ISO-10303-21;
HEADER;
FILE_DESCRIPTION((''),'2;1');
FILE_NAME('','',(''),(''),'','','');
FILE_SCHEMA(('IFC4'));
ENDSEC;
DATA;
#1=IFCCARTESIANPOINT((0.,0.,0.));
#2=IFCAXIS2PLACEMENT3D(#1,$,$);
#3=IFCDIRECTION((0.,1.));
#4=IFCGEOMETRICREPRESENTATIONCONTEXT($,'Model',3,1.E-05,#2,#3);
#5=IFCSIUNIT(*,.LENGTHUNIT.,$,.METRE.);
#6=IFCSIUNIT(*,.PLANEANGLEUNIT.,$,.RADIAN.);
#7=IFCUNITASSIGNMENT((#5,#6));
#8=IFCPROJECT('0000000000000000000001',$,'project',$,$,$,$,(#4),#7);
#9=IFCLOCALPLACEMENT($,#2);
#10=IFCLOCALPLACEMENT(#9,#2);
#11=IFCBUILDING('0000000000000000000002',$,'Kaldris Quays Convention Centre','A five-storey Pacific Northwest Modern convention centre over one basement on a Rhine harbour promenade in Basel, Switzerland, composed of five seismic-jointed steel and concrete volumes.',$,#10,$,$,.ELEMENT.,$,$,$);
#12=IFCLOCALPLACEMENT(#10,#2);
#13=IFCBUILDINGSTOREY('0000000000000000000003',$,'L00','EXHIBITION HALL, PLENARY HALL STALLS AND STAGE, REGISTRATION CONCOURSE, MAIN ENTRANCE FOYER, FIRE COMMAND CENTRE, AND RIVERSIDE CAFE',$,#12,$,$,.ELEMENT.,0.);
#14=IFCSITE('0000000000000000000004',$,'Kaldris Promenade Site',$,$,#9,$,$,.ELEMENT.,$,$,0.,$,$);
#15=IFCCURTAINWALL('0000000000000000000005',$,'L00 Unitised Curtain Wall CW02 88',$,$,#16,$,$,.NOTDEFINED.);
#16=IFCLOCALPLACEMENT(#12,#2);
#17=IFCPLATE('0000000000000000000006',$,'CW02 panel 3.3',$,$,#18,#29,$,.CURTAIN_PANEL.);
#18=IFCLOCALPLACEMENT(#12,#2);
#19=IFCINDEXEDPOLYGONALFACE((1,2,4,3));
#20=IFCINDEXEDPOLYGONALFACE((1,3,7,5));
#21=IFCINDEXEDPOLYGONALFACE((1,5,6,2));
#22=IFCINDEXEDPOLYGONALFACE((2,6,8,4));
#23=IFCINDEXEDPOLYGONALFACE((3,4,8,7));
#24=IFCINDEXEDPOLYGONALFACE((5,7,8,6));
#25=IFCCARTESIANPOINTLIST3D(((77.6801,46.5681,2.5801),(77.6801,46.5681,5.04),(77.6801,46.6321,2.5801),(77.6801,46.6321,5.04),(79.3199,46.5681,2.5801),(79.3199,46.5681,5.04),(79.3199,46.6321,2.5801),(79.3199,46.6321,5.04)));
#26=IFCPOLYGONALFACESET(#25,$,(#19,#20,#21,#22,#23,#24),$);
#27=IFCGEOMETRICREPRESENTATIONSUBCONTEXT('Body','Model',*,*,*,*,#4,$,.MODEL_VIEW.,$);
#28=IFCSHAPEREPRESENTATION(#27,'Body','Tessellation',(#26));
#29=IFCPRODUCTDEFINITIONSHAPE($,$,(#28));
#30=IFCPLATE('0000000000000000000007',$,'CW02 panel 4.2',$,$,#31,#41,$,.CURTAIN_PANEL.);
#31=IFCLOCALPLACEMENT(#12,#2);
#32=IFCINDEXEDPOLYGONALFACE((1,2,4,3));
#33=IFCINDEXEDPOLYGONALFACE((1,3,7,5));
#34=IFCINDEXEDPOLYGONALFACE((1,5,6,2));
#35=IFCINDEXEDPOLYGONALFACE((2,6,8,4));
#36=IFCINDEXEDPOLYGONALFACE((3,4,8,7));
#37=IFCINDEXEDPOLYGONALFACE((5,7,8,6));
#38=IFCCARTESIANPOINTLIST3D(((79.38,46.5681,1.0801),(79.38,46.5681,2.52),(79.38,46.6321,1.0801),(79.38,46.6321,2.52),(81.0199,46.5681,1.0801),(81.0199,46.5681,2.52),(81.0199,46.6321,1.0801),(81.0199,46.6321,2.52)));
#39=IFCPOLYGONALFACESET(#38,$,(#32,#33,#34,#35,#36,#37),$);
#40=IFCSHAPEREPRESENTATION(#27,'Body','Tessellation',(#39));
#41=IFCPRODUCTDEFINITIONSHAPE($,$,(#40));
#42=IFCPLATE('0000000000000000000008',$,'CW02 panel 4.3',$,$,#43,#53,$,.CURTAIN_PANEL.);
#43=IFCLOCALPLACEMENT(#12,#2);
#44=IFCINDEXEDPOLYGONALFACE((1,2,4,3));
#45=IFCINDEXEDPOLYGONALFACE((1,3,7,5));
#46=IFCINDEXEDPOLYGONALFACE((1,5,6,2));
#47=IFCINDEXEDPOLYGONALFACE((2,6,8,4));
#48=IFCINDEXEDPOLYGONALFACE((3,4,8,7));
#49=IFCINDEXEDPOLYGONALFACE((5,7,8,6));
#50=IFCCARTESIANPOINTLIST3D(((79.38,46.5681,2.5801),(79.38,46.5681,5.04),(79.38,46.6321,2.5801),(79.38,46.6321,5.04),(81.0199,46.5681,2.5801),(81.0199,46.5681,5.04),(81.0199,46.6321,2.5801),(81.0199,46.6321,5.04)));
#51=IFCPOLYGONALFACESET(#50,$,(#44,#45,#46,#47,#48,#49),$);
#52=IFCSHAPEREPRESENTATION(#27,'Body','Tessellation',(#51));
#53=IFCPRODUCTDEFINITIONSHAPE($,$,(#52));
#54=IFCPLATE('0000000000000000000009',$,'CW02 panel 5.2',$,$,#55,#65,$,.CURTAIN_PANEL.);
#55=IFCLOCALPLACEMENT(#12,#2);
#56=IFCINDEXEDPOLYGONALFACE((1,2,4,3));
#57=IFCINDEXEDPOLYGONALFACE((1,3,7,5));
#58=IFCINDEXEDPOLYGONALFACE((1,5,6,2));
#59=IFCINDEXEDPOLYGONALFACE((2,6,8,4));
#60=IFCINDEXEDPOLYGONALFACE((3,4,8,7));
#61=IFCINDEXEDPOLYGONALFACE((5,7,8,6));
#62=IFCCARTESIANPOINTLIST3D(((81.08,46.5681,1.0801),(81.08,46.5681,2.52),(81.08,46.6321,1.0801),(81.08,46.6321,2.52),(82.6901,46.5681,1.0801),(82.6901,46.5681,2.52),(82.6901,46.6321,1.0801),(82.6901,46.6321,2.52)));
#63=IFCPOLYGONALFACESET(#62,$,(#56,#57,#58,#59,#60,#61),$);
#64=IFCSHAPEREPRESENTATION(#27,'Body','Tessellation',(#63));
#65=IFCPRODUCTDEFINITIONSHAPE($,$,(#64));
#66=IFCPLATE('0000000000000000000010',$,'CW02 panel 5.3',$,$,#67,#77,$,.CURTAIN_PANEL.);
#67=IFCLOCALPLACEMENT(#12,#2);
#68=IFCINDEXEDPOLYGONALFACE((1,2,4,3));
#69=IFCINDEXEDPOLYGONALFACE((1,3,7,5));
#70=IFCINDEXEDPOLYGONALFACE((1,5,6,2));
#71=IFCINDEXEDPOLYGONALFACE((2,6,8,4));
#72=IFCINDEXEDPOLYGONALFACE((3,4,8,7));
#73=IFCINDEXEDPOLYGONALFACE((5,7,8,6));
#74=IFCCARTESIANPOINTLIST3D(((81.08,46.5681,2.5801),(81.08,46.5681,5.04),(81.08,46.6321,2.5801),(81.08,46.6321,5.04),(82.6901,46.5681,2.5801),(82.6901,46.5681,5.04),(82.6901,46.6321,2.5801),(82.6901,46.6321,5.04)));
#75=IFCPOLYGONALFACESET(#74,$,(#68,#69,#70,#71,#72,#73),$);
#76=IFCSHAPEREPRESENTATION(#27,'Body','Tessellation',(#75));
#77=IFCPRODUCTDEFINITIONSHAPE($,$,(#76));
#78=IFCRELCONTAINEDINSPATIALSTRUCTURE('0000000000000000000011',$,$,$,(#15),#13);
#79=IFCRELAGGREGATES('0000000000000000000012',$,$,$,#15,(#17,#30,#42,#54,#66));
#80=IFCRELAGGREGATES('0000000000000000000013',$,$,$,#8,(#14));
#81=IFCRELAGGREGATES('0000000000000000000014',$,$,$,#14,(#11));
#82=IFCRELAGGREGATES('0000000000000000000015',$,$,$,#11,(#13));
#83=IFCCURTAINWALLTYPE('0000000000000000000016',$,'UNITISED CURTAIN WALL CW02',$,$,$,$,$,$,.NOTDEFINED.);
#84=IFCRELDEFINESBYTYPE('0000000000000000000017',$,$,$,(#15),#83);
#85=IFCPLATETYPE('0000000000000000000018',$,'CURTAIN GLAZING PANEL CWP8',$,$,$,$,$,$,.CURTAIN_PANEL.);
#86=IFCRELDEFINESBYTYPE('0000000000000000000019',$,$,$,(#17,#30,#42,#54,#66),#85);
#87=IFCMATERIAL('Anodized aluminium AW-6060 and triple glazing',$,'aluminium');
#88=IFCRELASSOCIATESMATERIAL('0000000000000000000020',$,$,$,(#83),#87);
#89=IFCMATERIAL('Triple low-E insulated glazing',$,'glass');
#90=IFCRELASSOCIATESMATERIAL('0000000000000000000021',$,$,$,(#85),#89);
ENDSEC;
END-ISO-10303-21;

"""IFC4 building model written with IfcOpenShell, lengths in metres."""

from ifc_helpers import new_model, si_unit, direction, frame, origin, origin_2d, place, context, subcontext, project, spatial, rectangle, extrude, material, type_object, element, aggregate, save


model = new_model("IFC4")

# Units and contexts
model_context = context("Model", 3, precision=1e-05, world=origin(), true_north=direction((0.0, 1.0)))
body_context = subcontext(model_context, "Body", "Model", "MODEL_VIEW")
ifc_project = project(units=[si_unit("LENGTHUNIT", "METRE"), si_unit("PLANEANGLEUNIT", "RADIAN")], contexts=[model_context])

# Site, building, storey
site_placement = place(None, origin())
site = spatial("IfcSite", under=ifc_project, at=site_placement, Name="Kaldris Promenade Site", CompositionType="ELEMENT", RefElevation=0.0)
building_placement = place(site_placement, origin())
building = spatial("IfcBuilding", under=site, at=building_placement, Name="Kaldris Quays Convention Centre", Description="A five-storey Pacific Northwest Modern convention centre over one basement on a Rhine harbour promenade in Basel, Switzerland, composed of five seismic-jointed steel and concrete volumes.", CompositionType="ELEMENT")
storey_placement = place(building_placement, origin())
storey = spatial("IfcBuildingStorey", under=building, at=storey_placement, Name="L00", Description="EXHIBITION HALL, PLENARY HALL STALLS AND STAGE, REGISTRATION CONCOURSE, MAIN ENTRANCE FOYER, FIRE COMMAND CENTRE, AND RIVERSIDE CAFE", CompositionType="ELEMENT", Elevation=0.0)

# Curtain wall
ifc_material_1 = material(Name="Anodized aluminium AW-6060 and triple glazing", Category="aluminium")
curtain_wall_type_1 = type_object("IfcCurtainWallType", Name="UNITISED CURTAIN WALL CW02", PredefinedType="NOTDEFINED", material=ifc_material_1)
curtain_wall_1_placement = place(storey_placement, origin())
curtain_wall_1 = element("IfcCurtainWall", 1, at=curtain_wall_1_placement, inside=storey, type_object=curtain_wall_type_1, Name="L00 Unitised Curtain Wall CW02 88", PredefinedType="NOTDEFINED")

# Plates
ifc_material_2 = material(Name="Triple low-E insulated glazing", Category="glass")
plate_type_1 = type_object("IfcPlateType", Name="CURTAIN GLAZING PANEL CWP8", PredefinedType="CURTAIN_PANEL", material=ifc_material_2)
plate_1_placement = place(storey_placement, frame((78.5, 46.6001, 2.5801), z_axis=(0.0, 0.0, 1.0), x_axis=(1.0, 0.0, 0.0)))
plate_1 = element("IfcPlate", 2, at=plate_1_placement, type_object=plate_type_1, Name="CW02 panel 3.3", PredefinedType="CURTAIN_PANEL", context=body_context, shape_type="SweptSolid", body=[
    extrude(rectangle(XDim=1.6399, YDim=0.064, at=origin_2d()), origin(), (0.0, 0.0, 1.0), 2.46),
])
plate_2_placement = place(storey_placement, frame((80.2, 46.6001, 1.0801), z_axis=(0.0, 0.0, 1.0), x_axis=(1.0, 0.0, 0.0)))
plate_2 = element("IfcPlate", 3, at=plate_2_placement, type_object=plate_type_1, Name="CW02 panel 4.2", PredefinedType="CURTAIN_PANEL", context=body_context, shape_type="SweptSolid", body=[
    extrude(rectangle(XDim=1.6399, YDim=0.064, at=origin_2d()), origin(), (0.0, 0.0, 1.0), 1.4399),
])
plate_3_placement = place(storey_placement, frame((80.2, 46.6001, 2.5801), z_axis=(0.0, 0.0, 1.0), x_axis=(1.0, 0.0, 0.0)))
plate_3 = element("IfcPlate", 4, at=plate_3_placement, type_object=plate_type_1, Name="CW02 panel 4.3", PredefinedType="CURTAIN_PANEL", context=body_context, shape_type="SweptSolid", body=[
    extrude(rectangle(XDim=1.6399, YDim=0.064, at=origin_2d()), origin(), (0.0, 0.0, 1.0), 2.46),
])
plate_4_placement = place(storey_placement, frame((81.885, 46.6001, 1.0801), z_axis=(0.0, 0.0, 1.0), x_axis=(1.0, 0.0, 0.0)))
plate_4 = element("IfcPlate", 5, at=plate_4_placement, type_object=plate_type_1, Name="CW02 panel 5.2", PredefinedType="CURTAIN_PANEL", context=body_context, shape_type="SweptSolid", body=[
    extrude(rectangle(XDim=1.6101, YDim=0.064, at=origin_2d()), origin(), (0.0, 0.0, 1.0), 1.4399),
])
plate_5_placement = place(storey_placement, frame((81.885, 46.6001, 2.5801), z_axis=(0.0, 0.0, 1.0), x_axis=(1.0, 0.0, 0.0)))
plate_5 = element("IfcPlate", 6, at=plate_5_placement, type_object=plate_type_1, Name="CW02 panel 5.3", PredefinedType="CURTAIN_PANEL", context=body_context, shape_type="SweptSolid", body=[
    extrude(rectangle(XDim=1.6101, YDim=0.064, at=origin_2d()), origin(), (0.0, 0.0, 1.0), 2.46),
])
aggregate(curtain_wall_1, [plate_1, plate_2, plate_3, plate_4, plate_5])

save(model, "model.ifc")
